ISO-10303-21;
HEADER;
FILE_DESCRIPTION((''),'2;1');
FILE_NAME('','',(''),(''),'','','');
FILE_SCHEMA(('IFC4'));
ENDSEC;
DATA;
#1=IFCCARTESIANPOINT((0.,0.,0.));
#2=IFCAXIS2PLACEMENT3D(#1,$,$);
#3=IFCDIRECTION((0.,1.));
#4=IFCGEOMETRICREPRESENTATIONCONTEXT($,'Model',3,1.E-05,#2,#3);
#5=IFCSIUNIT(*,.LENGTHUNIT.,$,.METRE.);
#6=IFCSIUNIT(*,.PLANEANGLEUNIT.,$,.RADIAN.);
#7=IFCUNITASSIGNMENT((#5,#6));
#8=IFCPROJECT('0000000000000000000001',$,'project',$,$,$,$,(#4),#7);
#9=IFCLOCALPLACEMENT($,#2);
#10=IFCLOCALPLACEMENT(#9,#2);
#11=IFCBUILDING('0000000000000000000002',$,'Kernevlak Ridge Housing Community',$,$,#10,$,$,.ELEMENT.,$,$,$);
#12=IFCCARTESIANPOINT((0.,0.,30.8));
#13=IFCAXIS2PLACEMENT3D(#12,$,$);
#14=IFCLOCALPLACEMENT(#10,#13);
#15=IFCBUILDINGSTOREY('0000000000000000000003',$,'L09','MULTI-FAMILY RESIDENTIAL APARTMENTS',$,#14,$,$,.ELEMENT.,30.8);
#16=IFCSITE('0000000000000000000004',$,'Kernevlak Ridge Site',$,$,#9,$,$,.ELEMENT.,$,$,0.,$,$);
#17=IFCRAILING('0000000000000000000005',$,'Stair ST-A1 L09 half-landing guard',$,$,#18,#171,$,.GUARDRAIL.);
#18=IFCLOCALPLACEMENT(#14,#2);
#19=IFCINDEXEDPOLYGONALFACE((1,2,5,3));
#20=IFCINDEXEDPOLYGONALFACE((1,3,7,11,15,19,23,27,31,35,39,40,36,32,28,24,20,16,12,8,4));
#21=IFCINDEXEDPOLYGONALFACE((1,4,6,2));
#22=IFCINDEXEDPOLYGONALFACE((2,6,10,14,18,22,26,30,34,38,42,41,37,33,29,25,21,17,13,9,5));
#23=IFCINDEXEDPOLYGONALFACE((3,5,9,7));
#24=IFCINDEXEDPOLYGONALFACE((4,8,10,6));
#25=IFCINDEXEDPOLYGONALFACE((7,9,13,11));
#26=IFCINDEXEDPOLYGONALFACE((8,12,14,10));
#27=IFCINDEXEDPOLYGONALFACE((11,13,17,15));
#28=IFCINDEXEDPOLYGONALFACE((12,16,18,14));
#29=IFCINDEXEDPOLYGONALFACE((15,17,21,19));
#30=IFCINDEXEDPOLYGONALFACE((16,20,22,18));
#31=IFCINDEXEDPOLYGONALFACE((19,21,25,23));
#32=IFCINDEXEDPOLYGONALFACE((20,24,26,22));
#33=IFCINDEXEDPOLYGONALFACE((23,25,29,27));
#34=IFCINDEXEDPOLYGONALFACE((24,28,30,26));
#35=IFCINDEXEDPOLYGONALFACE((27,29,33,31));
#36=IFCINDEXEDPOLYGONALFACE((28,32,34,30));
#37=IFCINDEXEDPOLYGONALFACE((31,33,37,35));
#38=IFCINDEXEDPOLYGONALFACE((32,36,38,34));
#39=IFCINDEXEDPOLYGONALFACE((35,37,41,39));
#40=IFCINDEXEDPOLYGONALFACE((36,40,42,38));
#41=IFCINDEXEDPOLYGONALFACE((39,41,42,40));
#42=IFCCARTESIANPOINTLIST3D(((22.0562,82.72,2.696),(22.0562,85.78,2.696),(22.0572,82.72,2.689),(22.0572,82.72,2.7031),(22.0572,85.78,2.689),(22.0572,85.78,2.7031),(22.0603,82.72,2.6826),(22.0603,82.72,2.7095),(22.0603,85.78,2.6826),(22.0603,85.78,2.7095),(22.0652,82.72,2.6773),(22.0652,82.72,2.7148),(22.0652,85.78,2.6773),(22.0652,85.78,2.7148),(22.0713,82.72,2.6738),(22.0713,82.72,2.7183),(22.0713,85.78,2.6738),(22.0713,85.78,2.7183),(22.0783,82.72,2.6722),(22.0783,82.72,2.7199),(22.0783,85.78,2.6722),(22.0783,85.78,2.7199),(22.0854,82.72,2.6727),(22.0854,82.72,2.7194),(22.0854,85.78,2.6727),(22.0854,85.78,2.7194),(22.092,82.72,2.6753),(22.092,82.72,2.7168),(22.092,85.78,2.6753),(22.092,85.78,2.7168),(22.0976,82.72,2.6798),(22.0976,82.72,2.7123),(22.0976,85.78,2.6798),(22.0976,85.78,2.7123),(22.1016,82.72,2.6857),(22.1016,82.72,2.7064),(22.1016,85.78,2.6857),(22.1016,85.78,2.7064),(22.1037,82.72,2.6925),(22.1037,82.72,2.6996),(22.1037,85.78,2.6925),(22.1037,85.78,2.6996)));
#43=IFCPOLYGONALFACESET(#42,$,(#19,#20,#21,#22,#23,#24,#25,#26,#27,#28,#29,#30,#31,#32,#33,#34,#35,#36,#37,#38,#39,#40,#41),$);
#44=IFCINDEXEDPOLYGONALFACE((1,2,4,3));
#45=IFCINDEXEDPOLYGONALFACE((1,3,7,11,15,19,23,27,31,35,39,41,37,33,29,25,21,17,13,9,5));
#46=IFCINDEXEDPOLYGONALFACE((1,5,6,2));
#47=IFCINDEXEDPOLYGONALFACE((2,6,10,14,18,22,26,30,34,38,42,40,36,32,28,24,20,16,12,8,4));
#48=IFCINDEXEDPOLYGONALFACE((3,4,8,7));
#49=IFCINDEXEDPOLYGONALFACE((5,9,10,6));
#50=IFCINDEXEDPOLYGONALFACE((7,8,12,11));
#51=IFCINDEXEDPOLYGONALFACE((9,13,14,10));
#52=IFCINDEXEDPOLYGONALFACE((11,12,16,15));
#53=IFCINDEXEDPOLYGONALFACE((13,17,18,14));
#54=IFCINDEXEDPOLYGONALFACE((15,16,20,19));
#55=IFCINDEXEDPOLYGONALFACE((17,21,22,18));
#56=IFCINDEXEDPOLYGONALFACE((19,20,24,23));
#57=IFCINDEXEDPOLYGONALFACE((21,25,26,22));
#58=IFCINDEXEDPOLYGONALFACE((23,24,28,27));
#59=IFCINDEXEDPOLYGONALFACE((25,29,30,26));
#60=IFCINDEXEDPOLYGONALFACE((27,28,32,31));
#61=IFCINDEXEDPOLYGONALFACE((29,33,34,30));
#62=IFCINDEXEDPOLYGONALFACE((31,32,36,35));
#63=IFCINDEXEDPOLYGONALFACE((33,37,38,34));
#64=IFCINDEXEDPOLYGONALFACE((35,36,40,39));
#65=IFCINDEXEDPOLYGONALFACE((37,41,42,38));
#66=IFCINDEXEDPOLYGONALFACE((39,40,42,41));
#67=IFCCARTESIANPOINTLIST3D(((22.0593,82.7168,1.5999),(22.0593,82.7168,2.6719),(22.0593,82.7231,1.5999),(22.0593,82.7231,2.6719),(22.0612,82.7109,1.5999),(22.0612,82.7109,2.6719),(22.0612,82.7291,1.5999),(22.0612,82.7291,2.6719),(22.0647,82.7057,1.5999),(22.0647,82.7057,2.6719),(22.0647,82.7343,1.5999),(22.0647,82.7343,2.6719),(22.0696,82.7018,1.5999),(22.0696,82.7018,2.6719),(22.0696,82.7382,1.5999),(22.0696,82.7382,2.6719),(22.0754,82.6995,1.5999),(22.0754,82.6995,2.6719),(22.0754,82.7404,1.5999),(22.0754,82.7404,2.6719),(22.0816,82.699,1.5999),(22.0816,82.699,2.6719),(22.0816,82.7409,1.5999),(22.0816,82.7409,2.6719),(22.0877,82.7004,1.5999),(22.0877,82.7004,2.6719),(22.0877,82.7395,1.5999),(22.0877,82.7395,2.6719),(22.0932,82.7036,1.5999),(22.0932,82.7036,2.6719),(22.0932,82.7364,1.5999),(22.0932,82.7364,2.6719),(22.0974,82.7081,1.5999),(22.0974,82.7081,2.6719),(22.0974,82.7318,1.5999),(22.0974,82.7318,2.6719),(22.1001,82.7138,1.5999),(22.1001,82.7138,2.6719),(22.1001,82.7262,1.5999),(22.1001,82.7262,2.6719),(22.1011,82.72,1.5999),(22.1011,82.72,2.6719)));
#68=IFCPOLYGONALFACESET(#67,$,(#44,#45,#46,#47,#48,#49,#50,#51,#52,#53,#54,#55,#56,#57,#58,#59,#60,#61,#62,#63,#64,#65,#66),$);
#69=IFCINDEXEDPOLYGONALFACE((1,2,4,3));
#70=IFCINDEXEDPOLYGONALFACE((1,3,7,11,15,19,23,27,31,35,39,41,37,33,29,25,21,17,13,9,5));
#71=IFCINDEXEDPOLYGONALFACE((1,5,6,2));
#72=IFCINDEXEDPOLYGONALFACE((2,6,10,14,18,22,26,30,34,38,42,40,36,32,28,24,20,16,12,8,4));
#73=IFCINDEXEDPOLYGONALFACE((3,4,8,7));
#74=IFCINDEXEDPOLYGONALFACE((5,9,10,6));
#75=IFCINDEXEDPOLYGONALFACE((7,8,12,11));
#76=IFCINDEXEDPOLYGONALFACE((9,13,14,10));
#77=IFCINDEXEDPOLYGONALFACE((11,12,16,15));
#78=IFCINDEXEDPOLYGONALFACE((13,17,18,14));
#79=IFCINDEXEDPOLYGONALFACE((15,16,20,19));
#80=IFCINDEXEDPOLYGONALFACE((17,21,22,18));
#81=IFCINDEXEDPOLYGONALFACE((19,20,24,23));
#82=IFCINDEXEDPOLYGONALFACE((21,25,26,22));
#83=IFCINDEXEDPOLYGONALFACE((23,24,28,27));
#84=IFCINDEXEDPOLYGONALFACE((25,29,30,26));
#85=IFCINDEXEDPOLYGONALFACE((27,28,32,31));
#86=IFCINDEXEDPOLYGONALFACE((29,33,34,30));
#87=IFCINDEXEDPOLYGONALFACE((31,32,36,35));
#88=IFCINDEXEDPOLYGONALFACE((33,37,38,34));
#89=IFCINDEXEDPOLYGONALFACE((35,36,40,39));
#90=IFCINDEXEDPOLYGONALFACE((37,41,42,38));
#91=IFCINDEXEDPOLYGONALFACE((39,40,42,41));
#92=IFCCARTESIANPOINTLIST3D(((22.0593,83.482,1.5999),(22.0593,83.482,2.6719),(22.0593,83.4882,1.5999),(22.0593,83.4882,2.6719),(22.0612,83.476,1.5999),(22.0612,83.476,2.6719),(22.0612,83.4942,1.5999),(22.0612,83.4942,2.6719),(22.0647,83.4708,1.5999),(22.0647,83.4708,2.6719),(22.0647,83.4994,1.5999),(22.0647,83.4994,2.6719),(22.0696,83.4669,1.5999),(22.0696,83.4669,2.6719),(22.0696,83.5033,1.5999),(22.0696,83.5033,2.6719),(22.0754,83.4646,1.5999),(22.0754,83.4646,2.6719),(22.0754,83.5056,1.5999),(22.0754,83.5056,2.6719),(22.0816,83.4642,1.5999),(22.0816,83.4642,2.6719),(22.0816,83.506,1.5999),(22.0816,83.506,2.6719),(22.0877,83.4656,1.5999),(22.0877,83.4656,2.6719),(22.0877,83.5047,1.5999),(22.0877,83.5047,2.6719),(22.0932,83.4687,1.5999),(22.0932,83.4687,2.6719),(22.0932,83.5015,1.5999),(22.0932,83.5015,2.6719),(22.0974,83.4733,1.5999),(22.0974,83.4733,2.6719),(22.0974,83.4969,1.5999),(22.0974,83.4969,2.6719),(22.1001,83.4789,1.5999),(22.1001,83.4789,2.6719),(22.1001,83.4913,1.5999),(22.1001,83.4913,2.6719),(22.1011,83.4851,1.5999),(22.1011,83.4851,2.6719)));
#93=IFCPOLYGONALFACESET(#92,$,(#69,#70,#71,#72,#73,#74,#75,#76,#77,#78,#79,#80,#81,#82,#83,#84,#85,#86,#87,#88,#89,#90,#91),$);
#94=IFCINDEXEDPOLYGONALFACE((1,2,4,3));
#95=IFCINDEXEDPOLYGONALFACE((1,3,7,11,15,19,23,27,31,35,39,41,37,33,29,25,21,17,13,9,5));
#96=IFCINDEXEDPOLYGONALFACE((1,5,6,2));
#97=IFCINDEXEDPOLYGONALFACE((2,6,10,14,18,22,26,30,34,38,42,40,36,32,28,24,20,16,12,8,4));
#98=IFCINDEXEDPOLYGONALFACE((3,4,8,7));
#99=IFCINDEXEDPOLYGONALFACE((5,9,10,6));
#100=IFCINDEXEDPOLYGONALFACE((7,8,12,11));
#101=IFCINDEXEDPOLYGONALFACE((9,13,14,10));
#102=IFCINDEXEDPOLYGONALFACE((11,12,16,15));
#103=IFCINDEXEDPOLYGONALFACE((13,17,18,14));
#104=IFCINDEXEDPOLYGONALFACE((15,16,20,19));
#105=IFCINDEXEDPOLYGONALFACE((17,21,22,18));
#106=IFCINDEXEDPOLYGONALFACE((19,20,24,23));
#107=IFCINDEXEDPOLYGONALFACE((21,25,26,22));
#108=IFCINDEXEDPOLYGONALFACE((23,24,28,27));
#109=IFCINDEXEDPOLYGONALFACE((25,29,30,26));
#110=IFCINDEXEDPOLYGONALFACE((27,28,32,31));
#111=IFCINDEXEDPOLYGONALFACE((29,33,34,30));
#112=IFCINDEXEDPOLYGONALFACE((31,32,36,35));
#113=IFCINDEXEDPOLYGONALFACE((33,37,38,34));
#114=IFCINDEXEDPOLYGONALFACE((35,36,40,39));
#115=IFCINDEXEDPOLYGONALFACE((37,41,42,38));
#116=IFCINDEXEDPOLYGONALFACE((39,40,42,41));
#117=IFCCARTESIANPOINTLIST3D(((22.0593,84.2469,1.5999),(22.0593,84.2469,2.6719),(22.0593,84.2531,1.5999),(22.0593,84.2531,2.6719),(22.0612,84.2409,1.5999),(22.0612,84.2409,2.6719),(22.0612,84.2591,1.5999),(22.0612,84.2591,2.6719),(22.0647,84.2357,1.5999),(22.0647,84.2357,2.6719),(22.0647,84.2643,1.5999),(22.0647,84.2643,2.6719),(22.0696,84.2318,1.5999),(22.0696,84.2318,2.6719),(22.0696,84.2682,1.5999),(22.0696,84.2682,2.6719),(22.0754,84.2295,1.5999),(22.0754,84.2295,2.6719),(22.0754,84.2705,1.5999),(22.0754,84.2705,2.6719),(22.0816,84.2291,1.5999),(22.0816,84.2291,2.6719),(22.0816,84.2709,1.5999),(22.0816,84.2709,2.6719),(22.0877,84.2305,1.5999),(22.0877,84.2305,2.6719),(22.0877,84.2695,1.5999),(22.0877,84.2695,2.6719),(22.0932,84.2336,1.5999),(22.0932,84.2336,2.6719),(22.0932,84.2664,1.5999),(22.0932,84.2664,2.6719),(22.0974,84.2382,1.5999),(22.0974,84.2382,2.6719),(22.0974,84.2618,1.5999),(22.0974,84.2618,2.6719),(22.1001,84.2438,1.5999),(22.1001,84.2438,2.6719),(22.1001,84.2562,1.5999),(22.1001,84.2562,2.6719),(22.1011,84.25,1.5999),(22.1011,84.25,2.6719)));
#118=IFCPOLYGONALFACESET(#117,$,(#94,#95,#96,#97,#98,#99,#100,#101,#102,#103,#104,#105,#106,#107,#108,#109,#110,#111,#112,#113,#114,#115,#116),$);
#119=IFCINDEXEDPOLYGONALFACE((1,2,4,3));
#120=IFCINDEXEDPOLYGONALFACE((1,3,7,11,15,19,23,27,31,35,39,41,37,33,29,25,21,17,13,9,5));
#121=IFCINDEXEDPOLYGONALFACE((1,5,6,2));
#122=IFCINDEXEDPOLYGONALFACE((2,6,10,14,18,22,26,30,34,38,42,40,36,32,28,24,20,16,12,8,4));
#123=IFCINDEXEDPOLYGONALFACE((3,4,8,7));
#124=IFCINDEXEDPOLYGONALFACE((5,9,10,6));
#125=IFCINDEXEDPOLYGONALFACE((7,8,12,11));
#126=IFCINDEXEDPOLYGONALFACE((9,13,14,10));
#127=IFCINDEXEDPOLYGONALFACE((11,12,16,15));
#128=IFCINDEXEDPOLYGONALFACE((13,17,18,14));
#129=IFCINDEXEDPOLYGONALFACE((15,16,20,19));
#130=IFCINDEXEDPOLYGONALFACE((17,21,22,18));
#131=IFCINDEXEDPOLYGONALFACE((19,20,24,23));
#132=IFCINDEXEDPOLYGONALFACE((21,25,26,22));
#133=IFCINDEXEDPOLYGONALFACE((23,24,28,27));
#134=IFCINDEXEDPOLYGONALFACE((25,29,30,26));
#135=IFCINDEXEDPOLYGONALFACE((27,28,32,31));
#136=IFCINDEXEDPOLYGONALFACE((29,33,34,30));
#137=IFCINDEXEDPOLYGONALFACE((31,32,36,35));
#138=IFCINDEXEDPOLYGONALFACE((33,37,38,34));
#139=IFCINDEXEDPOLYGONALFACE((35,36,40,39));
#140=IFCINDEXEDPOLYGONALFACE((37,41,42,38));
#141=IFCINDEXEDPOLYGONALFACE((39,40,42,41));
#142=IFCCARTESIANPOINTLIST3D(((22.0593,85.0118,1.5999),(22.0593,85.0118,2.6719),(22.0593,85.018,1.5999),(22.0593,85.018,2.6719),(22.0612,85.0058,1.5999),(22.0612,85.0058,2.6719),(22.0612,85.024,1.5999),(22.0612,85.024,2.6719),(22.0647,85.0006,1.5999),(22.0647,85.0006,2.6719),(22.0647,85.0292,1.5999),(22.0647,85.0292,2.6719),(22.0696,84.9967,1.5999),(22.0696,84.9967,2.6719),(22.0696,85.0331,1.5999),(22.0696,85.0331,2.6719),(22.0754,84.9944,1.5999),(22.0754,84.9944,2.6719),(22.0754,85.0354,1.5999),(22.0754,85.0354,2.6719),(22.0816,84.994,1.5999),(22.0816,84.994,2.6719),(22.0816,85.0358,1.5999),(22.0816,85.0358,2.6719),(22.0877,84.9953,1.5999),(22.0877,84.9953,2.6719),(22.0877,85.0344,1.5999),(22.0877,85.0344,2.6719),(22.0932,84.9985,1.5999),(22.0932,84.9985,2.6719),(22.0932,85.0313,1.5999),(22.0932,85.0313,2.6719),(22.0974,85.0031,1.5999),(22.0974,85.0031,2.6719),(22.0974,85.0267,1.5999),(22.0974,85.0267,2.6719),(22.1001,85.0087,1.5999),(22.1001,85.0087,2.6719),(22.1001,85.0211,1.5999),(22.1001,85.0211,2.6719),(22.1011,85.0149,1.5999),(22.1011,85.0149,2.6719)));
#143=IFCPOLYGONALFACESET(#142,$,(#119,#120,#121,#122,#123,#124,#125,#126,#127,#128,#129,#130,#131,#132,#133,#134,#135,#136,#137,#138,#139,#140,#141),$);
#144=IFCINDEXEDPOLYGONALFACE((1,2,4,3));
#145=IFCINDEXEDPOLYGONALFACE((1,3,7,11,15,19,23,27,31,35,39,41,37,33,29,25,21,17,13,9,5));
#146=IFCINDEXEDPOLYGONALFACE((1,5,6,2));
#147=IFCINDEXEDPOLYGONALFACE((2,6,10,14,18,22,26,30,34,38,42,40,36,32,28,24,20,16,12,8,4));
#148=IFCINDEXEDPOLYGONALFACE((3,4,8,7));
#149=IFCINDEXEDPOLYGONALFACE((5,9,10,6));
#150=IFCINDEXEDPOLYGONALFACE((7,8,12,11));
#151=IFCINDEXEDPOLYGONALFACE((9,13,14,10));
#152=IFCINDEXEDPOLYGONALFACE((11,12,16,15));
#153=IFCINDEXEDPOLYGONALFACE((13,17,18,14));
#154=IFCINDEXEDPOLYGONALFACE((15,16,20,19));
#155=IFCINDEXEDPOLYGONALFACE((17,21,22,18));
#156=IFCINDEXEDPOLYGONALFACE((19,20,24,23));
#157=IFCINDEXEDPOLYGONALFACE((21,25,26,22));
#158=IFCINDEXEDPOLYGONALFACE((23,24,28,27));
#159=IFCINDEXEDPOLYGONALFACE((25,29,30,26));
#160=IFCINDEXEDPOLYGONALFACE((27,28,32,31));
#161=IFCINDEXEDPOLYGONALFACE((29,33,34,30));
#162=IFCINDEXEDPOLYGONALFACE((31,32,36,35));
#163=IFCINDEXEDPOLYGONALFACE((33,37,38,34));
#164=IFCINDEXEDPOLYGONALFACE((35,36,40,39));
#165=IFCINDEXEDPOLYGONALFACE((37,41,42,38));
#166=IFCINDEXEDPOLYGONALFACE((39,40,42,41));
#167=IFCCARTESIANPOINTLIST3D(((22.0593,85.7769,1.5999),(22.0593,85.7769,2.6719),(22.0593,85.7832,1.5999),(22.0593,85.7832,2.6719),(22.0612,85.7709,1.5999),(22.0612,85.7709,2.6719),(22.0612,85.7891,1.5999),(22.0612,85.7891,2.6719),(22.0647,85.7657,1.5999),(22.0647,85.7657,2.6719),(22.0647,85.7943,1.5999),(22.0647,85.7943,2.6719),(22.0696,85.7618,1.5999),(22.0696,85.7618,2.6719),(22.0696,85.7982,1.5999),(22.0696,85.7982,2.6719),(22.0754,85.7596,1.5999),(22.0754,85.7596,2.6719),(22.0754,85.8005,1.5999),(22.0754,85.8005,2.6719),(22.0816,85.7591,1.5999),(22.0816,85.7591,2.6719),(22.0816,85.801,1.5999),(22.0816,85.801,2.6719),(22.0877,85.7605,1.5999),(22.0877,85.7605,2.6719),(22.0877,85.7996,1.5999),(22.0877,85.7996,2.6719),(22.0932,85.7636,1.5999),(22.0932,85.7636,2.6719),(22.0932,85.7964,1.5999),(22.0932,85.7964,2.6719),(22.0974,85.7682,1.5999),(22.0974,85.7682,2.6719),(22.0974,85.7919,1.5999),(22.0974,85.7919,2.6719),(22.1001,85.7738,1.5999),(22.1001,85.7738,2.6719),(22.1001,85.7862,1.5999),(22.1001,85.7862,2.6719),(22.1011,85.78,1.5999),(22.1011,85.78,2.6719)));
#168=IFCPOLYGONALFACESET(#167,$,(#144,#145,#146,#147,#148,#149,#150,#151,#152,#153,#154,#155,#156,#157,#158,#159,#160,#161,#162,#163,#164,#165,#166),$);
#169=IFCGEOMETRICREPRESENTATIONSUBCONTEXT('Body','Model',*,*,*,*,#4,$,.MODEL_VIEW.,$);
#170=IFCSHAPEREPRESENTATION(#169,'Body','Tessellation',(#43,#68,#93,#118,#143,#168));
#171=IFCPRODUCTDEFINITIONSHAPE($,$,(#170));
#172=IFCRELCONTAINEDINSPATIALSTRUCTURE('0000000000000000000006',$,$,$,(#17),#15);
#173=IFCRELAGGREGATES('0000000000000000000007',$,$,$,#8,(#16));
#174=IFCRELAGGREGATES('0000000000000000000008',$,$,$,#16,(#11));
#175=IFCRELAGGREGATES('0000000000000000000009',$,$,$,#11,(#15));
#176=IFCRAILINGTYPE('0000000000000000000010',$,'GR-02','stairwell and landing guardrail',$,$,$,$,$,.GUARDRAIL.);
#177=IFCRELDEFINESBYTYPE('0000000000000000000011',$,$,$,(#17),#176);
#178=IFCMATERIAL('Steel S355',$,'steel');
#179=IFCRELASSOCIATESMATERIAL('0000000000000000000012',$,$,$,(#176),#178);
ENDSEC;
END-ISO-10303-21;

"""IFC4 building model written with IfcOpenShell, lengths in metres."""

from ifc_helpers import new_model, si_unit, direction, frame, origin, origin_2d, place, context, subcontext, project, spatial, circle, extrude, material, type_object, element, save


model = new_model("IFC4")

# Units and contexts
model_context = context("Model", 3, precision=1e-05, world=origin(), true_north=direction((0.0, 1.0)))
body_context = subcontext(model_context, "Body", "Model", "MODEL_VIEW")
ifc_project = project(units=[si_unit("LENGTHUNIT", "METRE"), si_unit("PLANEANGLEUNIT", "RADIAN")], contexts=[model_context])

# Site, building, storey
site_placement = place(None, origin())
site = spatial("IfcSite", under=ifc_project, at=site_placement, Name="Kernevlak Ridge Site", CompositionType="ELEMENT", RefElevation=0.0)
building_placement = place(site_placement, origin())
building = spatial("IfcBuilding", under=site, at=building_placement, Name="Kernevlak Ridge Housing Community", CompositionType="ELEMENT")
storey_placement = place(building_placement, frame((0.0, 0.0, 30.8)))
storey = spatial("IfcBuildingStorey", under=building, at=storey_placement, Name="L09", Description="MULTI-FAMILY RESIDENTIAL APARTMENTS", CompositionType="ELEMENT", Elevation=30.8)

# Railing
ifc_material_1 = material(Name="Steel S355", Category="steel")
railing_type_1 = type_object("IfcRailingType", Name="GR-02", Description="stairwell and landing guardrail", PredefinedType="GUARDRAIL", material=ifc_material_1)
railing_1_placement = place(storey_placement, frame((22.0801, 82.72, 1.5999)))
element("IfcRailing", 1, at=railing_1_placement, inside=storey, type_object=railing_type_1, Name="Stair ST-A1 L09 half-landing guard", PredefinedType="GUARDRAIL", context=body_context, shape_type="SweptSolid", body=[
    extrude(circle(Radius=0.0239, at=origin_2d()), frame((0.0, 0.0, 1.0962), z_axis=(0.0, 1.0, 0.0), x_axis=(-1.0, 0.0, 0.0)), (0.0, 0.0, 1.0), 3.0601),
    extrude(circle(Radius=0.021, at=origin_2d()), origin(), (0.0, 0.0, 1.0), 1.072),
    extrude(circle(Radius=0.021, at=origin_2d()), frame((0.0, 0.7651, 0.0)), (0.0, 0.0, 1.0), 1.072),
    extrude(circle(Radius=0.021, at=origin_2d()), frame((0.0, 1.53, 0.0)), (0.0, 0.0, 1.0), 1.072),
    extrude(circle(Radius=0.021, at=origin_2d()), frame((0.0, 2.2949, 0.0)), (0.0, 0.0, 1.0), 1.072),
    extrude(circle(Radius=0.021, at=origin_2d()), frame((0.0, 3.0601, 0.0)), (0.0, 0.0, 1.0), 1.072),
])

save(model, "model.ifc")
